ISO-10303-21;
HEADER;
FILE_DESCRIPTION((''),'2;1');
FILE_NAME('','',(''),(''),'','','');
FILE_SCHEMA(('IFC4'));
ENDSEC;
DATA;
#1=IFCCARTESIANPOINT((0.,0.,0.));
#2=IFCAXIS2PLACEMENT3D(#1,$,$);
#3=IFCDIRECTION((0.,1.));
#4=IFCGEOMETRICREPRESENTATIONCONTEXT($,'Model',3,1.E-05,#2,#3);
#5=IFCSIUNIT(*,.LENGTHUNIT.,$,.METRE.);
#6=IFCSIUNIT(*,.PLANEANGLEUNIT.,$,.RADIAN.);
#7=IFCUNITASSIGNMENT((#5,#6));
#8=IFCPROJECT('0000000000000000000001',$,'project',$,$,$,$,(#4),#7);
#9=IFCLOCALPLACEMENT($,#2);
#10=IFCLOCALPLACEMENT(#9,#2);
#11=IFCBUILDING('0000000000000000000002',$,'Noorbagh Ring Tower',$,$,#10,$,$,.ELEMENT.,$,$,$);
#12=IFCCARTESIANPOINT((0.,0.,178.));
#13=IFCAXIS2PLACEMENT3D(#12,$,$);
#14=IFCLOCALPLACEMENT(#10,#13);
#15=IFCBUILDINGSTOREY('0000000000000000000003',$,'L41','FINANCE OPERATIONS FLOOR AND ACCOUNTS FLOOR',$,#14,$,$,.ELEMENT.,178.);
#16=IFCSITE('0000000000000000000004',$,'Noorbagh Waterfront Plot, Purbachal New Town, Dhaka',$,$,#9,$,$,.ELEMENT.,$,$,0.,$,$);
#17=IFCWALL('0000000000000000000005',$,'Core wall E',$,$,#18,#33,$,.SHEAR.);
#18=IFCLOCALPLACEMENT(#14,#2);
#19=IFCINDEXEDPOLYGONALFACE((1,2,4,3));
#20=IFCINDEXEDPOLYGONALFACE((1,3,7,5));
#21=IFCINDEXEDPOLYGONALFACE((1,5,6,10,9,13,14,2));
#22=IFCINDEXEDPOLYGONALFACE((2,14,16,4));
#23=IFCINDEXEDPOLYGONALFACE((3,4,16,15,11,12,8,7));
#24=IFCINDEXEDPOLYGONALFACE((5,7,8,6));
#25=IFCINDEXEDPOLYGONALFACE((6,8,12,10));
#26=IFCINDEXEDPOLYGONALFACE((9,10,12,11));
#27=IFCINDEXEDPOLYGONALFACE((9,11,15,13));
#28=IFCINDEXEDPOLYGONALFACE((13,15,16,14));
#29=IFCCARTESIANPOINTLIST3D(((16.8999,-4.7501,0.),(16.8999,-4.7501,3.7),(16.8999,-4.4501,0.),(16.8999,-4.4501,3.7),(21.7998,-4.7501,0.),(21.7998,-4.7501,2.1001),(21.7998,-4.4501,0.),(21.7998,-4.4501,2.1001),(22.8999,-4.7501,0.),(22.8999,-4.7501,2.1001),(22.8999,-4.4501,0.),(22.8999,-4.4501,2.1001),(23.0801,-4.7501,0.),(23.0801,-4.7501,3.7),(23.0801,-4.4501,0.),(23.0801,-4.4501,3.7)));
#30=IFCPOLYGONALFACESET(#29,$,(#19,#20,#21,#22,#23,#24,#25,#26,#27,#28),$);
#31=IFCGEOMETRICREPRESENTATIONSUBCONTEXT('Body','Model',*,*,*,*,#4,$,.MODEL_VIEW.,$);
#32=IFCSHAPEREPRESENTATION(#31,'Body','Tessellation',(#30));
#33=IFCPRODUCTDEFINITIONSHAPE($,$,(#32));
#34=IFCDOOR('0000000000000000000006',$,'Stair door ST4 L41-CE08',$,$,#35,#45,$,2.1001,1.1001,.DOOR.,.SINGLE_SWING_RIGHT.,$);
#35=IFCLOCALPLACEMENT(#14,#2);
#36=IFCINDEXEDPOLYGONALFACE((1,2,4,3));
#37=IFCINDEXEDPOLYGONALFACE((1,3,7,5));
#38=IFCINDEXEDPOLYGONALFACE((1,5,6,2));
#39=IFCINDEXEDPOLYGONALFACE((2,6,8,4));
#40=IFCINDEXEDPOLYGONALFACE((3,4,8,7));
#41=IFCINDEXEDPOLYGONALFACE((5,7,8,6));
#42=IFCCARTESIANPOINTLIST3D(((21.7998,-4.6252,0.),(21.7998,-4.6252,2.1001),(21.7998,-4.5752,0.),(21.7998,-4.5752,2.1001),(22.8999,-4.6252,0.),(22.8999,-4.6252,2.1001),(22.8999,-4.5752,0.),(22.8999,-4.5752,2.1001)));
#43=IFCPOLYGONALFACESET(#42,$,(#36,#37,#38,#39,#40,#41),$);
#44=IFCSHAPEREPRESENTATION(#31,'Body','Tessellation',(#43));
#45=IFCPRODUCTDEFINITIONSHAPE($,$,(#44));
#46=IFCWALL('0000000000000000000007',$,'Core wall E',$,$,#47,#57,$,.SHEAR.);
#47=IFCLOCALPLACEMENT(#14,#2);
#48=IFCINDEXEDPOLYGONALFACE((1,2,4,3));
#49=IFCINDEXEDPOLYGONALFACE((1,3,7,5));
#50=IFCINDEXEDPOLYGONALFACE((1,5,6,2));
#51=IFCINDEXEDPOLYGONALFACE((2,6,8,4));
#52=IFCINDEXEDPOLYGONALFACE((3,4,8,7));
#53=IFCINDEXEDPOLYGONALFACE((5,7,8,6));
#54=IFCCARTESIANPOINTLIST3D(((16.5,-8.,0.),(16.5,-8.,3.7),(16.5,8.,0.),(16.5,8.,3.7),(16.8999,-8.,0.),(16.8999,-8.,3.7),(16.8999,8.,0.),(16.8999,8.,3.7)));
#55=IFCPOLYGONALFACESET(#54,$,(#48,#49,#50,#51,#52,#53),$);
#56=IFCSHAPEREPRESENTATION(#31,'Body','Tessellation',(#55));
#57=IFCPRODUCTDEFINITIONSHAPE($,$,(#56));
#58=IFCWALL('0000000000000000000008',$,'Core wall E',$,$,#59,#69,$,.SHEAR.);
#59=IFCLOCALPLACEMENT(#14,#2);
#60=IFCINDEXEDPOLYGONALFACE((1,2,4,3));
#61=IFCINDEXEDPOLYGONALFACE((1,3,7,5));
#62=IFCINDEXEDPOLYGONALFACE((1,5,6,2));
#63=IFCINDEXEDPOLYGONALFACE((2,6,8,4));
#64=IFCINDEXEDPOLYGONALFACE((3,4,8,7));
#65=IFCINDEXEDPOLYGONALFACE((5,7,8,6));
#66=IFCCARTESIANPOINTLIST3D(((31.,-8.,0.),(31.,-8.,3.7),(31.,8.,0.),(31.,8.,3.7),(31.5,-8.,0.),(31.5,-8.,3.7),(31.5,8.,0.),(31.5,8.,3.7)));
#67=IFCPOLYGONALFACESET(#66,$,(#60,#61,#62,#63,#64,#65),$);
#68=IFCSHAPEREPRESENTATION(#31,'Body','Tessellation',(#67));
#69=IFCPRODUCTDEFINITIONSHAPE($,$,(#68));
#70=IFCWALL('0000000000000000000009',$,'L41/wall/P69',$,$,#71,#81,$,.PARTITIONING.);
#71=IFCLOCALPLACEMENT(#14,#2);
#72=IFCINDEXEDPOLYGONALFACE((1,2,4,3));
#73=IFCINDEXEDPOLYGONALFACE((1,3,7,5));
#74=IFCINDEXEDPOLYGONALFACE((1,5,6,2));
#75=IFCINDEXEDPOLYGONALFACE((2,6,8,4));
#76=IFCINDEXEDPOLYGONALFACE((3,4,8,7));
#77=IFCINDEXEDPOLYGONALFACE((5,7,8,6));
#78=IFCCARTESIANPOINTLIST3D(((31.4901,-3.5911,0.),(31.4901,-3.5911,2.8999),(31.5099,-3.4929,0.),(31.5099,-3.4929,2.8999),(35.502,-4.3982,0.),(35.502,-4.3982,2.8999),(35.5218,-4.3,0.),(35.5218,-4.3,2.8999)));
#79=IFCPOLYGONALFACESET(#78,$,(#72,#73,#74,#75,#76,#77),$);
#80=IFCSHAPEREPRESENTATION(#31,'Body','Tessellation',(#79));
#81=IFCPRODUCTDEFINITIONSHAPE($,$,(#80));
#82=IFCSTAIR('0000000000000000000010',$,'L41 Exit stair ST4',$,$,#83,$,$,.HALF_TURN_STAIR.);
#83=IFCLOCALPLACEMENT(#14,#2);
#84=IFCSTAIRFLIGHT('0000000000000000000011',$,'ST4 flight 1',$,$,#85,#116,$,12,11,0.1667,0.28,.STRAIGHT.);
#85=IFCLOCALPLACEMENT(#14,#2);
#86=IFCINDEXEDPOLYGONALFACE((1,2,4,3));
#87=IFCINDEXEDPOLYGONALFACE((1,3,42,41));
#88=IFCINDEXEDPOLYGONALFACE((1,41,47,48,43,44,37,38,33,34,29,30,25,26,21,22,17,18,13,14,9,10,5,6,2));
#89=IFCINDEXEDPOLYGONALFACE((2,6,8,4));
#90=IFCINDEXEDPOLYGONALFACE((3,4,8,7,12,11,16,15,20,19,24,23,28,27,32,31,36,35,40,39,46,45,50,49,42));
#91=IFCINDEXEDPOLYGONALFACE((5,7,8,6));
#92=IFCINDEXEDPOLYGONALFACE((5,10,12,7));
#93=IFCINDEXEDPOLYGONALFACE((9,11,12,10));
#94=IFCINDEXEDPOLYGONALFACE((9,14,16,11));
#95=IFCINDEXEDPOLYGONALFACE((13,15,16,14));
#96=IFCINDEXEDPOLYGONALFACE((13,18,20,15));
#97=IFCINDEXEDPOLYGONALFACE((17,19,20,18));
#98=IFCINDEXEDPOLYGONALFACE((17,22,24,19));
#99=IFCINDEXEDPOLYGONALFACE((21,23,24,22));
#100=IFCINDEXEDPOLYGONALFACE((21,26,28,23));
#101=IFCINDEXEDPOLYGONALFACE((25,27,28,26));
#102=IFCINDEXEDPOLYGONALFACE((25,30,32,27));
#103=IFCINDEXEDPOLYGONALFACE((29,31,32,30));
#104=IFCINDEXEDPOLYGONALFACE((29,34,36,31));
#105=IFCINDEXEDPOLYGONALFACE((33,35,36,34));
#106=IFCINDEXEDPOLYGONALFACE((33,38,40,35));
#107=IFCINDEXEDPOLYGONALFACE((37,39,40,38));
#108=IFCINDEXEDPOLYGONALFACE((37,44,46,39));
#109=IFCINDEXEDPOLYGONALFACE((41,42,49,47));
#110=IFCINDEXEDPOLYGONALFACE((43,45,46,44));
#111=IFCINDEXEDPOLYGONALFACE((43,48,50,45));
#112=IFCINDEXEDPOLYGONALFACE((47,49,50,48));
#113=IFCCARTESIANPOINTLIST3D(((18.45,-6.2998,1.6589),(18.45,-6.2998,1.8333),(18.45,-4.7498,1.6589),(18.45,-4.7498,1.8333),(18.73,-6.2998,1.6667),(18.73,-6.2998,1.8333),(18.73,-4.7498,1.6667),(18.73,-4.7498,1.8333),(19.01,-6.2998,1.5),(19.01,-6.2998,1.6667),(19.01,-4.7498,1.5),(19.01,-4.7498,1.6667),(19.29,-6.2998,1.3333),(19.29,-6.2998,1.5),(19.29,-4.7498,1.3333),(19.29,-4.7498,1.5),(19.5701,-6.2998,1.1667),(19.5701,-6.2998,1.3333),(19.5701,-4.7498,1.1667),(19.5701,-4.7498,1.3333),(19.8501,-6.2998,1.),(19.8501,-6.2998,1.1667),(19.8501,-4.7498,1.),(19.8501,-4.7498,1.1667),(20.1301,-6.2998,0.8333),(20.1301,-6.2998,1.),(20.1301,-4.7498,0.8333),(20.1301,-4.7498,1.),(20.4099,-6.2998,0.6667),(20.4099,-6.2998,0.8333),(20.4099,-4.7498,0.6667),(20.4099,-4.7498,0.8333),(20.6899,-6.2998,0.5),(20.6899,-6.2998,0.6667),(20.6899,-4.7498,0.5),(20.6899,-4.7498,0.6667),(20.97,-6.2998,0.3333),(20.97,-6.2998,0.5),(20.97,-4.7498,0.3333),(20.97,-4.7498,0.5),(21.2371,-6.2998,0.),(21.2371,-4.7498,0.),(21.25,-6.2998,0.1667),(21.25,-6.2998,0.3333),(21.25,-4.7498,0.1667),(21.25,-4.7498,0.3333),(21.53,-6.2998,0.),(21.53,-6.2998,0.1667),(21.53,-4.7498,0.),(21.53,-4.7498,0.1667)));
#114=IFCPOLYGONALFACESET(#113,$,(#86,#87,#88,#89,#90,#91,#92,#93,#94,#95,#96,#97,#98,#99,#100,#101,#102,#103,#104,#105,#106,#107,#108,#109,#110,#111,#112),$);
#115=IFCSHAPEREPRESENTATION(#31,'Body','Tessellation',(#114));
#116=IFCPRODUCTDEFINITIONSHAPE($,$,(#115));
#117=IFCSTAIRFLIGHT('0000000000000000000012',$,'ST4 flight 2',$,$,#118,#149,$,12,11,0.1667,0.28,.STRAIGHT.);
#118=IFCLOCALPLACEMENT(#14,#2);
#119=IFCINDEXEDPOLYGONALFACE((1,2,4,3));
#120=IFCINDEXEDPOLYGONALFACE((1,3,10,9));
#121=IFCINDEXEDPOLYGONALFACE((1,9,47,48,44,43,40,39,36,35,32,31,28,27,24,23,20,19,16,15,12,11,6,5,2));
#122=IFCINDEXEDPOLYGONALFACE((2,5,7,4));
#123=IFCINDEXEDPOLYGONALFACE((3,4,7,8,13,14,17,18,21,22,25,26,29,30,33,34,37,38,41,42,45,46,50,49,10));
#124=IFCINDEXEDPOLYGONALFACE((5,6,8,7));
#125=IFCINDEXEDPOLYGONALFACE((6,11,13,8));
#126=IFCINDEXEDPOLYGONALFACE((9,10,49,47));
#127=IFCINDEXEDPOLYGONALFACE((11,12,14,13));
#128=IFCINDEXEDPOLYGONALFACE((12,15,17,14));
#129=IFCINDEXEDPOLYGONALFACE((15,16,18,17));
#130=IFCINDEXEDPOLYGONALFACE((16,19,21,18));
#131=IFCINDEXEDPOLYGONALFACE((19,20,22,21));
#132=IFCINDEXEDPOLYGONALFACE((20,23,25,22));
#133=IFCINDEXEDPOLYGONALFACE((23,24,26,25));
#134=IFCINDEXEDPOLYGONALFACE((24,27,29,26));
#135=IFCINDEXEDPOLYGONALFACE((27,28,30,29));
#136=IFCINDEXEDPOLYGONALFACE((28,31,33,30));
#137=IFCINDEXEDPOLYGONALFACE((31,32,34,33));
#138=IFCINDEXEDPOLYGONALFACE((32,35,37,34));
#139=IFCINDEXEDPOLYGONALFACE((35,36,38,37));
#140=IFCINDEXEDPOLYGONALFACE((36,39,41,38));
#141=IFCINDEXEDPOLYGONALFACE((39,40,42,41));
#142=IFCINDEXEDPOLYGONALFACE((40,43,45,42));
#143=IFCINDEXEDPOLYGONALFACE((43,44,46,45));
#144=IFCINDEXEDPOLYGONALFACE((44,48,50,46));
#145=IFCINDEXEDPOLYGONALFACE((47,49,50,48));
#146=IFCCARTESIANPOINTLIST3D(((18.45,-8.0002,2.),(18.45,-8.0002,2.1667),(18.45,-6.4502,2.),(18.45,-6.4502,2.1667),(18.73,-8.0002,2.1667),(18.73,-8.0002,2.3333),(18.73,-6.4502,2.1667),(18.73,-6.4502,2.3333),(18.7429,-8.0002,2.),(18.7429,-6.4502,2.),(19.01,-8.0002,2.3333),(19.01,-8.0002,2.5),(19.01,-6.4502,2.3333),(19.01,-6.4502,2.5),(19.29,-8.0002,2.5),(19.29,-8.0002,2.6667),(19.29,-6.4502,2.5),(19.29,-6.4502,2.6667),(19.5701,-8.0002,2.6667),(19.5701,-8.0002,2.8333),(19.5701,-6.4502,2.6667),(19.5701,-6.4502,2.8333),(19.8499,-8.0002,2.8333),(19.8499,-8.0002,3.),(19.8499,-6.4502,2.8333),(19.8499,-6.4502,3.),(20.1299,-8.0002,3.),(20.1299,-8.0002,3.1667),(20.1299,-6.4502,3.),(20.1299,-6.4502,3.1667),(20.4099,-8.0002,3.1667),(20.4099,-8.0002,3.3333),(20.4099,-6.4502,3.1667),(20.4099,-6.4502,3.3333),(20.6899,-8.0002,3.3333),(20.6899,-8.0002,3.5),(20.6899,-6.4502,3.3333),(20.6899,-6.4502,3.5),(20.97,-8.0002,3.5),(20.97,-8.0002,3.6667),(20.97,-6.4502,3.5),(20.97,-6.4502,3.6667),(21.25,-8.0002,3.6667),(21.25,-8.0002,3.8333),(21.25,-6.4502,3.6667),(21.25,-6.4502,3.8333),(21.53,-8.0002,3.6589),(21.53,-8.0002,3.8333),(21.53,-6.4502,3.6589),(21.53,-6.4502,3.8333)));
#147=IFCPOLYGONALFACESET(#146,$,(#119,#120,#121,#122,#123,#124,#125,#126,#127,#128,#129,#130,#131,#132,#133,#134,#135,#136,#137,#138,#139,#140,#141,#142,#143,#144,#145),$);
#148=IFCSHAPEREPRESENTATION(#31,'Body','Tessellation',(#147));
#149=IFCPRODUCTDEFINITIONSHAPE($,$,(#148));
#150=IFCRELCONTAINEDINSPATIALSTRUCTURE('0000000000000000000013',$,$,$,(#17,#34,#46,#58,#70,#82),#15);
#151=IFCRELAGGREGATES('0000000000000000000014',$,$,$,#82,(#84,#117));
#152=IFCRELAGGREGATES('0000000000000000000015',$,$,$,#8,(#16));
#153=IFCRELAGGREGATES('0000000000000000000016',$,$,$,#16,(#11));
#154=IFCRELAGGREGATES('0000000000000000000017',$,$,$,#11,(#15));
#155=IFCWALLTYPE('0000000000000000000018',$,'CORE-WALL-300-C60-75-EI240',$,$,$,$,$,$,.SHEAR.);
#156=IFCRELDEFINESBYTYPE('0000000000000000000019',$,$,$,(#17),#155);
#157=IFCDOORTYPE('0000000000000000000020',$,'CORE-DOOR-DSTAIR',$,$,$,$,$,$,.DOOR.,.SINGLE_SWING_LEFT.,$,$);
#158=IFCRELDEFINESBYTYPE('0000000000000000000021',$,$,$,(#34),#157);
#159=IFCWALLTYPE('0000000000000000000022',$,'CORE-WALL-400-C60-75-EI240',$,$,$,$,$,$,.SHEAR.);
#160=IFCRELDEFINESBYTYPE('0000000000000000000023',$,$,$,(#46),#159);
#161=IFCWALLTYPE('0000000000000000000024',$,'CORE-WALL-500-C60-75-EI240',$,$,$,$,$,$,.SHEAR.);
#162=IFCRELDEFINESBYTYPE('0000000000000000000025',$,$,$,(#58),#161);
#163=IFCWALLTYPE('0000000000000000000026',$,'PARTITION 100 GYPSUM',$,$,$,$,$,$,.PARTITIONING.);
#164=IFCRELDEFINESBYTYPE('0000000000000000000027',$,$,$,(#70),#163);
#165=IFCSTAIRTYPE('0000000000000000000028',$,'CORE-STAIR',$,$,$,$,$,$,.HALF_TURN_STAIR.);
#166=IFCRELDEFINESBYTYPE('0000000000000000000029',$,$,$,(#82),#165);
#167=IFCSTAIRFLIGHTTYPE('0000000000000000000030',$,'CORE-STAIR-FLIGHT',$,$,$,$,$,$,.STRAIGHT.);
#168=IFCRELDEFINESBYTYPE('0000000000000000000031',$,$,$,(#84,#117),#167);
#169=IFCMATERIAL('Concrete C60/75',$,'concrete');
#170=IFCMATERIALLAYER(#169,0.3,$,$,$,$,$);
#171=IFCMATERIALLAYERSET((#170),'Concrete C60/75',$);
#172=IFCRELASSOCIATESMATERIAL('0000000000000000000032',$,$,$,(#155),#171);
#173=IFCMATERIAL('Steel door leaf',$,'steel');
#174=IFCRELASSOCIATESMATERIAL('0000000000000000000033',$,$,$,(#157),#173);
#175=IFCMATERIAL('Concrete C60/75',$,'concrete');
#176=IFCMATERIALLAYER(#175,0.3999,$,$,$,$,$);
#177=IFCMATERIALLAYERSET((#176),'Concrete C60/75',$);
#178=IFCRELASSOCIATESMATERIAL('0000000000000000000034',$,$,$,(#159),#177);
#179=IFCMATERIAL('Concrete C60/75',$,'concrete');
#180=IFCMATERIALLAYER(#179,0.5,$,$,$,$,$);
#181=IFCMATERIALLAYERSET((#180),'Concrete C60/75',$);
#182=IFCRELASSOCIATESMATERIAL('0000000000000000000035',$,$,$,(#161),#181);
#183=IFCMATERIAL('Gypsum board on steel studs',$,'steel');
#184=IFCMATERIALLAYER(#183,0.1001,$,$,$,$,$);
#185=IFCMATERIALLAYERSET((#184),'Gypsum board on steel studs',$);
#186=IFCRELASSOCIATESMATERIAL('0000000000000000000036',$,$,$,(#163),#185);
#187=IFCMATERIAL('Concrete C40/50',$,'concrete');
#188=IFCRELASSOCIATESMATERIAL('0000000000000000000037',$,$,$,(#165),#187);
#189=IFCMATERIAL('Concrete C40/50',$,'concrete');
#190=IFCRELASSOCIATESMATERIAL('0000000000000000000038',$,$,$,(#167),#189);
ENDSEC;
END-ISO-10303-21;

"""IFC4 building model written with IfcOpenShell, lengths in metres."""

from ifc_helpers import new_model, si_unit, direction, frame, frame_2d, origin, place, context, subcontext, project, spatial, polyline, rectangle, outline, extrude, material, layer, layer_set, type_object, element, fill, aggregate, save


model = new_model("IFC4")

# Units and contexts
model_context = context("Model", 3, precision=1e-05, world=origin(), true_north=direction((0.0, 1.0)))
body_context = subcontext(model_context, "Body", "Model", "MODEL_VIEW")
ifc_project = project(units=[si_unit("LENGTHUNIT", "METRE"), si_unit("PLANEANGLEUNIT", "RADIAN")], contexts=[model_context])

# Site, building, storey
site_placement = place(None, origin())
site = spatial("IfcSite", under=ifc_project, at=site_placement, Name="Noorbagh Waterfront Plot, Purbachal New Town, Dhaka", CompositionType="ELEMENT", RefElevation=0.0)
building_placement = place(site_placement, origin())
building = spatial("IfcBuilding", under=site, at=building_placement, Name="Noorbagh Ring Tower", CompositionType="ELEMENT")
storey_placement = place(building_placement, frame((0.0, 0.0, 178.0)))
storey = spatial("IfcBuildingStorey", under=building, at=storey_placement, Name="L41", Description="FINANCE OPERATIONS FLOOR AND ACCOUNTS FLOOR", CompositionType="ELEMENT", Elevation=178.0)

# Shared definitions
ifc_material_1 = material(Name="Concrete C60/75", Category="concrete")
ifc_layer_1 = layer(ifc_material_1, 0.3)
ifc_layer_set_1 = layer_set([ifc_layer_1], Name="Concrete C60/75")
wall_type_1 = type_object("IfcWallType", Name="CORE-WALL-300-C60-75-EI240", PredefinedType="SHEAR", material=ifc_layer_set_1)

# Wall, opening, door
wall_1_placement = place(storey_placement, frame((16.8999, -4.6001, 0.0), z_axis=(0.0, 0.0, 1.0), x_axis=(1.0, 0.0, 0.0)))
wall_1 = element("IfcWall", 1, at=wall_1_placement, inside=storey, type_object=wall_type_1, Name="Core wall E", PredefinedType="SHEAR", context=body_context, shape_type="SweptSolid", body=[
    extrude(rectangle(XDim=6.1802, YDim=0.3, at=frame_2d((3.0901, 0.0))), origin(), (0.0, 0.0, 1.0), 3.7),
])
opening_1_placement = place(wall_1_placement, frame((4.8999, 0.0, 0.0)))
opening_1 = element("IfcOpeningElement", 2, at=opening_1_placement, cuts=wall_1, PredefinedType="OPENING", context=body_context, shape_type="SweptSolid", body=[
    extrude(rectangle(XDim=1.1001, YDim=2.1001, at=frame_2d((0.55, 1.05))), frame((0.0, 0.1602, 0.0), z_axis=(0.0, -1.0, 0.0), x_axis=(1.0, 0.0, 0.0)), (0.0, 0.0, 1.0), 0.3201),
])
ifc_material_2 = material(Name="Steel door leaf", Category="steel")
door_type_1 = type_object("IfcDoorType", Name="CORE-DOOR-DSTAIR", OperationType="SINGLE_SWING_LEFT", PredefinedType="DOOR", material=ifc_material_2)
door_1_placement = place(opening_1_placement, origin())
door_1 = element("IfcDoor", 3, at=door_1_placement, inside=storey, type_object=door_type_1, Name="Stair door ST4 L41-CE08", OperationType="SINGLE_SWING_RIGHT", OverallHeight=2.1001, OverallWidth=1.1001, PredefinedType="DOOR", context=body_context, shape_type="SweptSolid", body=[
    extrude(rectangle(XDim=1.1001, YDim=2.1001, at=frame_2d((0.55, 1.05))), frame((0.0, 0.0249, 0.0), z_axis=(0.0, -1.0, 0.0), x_axis=(1.0, 0.0, 0.0)), (0.0, 0.0, 1.0), 0.05),
])
fill(opening_1, door_1)

# Walls
ifc_material_3 = material(Name="Concrete C60/75", Category="concrete")
ifc_layer_2 = layer(ifc_material_3, 0.3999)
ifc_layer_set_2 = layer_set([ifc_layer_2], Name="Concrete C60/75")
wall_type_2 = type_object("IfcWallType", Name="CORE-WALL-400-C60-75-EI240", PredefinedType="SHEAR", material=ifc_layer_set_2)
wall_2_placement = place(storey_placement, frame((16.7, -8.0, 0.0), z_axis=(0.0, 0.0, 1.0), x_axis=(0.0, 1.0, 0.0)))
element("IfcWall", 4, at=wall_2_placement, inside=storey, type_object=wall_type_2, Name="Core wall E", PredefinedType="SHEAR", context=body_context, shape_type="SweptSolid", body=[
    extrude(rectangle(XDim=16.0, YDim=0.3999, at=frame_2d((8.0, 0.0))), origin(), (0.0, 0.0, 1.0), 3.7),
])
ifc_material_4 = material(Name="Concrete C60/75", Category="concrete")
ifc_layer_3 = layer(ifc_material_4, 0.5)
ifc_layer_set_3 = layer_set([ifc_layer_3], Name="Concrete C60/75")
wall_type_3 = type_object("IfcWallType", Name="CORE-WALL-500-C60-75-EI240", PredefinedType="SHEAR", material=ifc_layer_set_3)
wall_3_placement = place(storey_placement, frame((31.25, -8.0, 0.0), z_axis=(0.0, 0.0, 1.0), x_axis=(0.0, 1.0, 0.0)))
element("IfcWall", 5, at=wall_3_placement, inside=storey, type_object=wall_type_3, Name="Core wall E", PredefinedType="SHEAR", context=body_context, shape_type="SweptSolid", body=[
    extrude(rectangle(XDim=16.0, YDim=0.5, at=frame_2d((8.0, 0.0))), origin(), (0.0, 0.0, 1.0), 3.7),
])
ifc_material_5 = material(Name="Gypsum board on steel studs", Category="steel")
ifc_layer_4 = layer(ifc_material_5, 0.1001)
ifc_layer_set_4 = layer_set([ifc_layer_4], Name="Gypsum board on steel studs")
wall_type_4 = type_object("IfcWallType", Name="PARTITION 100 GYPSUM", PredefinedType="PARTITIONING", material=ifc_layer_set_4)
wall_4_placement = place(storey_placement, frame((31.5, -3.542, 0.0), z_axis=(0.0, 0.0, 1.0), x_axis=(0.980357, -0.197229, 0.0)))
element("IfcWall", 6, at=wall_4_placement, inside=storey, type_object=wall_type_4, Name="L41/wall/P69", PredefinedType="PARTITIONING", context=body_context, shape_type="SweptSolid", body=[
    extrude(rectangle(XDim=4.0923, YDim=0.1001, at=frame_2d((2.0461, 0.0))), origin(), (0.0, 0.0, 1.0), 2.8999),
])

# Stair, stair flights
ifc_material_6 = material(Name="Concrete C40/50", Category="concrete")
stair_type = type_object("IfcStairType", Name="CORE-STAIR", PredefinedType="HALF_TURN_STAIR", material=ifc_material_6)
stair_placement = place(storey_placement, origin())
stair = element("IfcStair", 7, at=stair_placement, inside=storey, type_object=stair_type, Name="L41 Exit stair ST4", PredefinedType="HALF_TURN_STAIR")
ifc_material_7 = material(Name="Concrete C40/50", Category="concrete")
stair_flight_type = type_object("IfcStairFlightType", Name="CORE-STAIR-FLIGHT", PredefinedType="STRAIGHT", material=ifc_material_7)
stair_flight_1_placement = place(storey_placement, frame((21.53, -5.5249, 0.0), z_axis=(0.0, 0.0, 1.0), x_axis=(-1.0, 0.0, 0.0)))
stair_flight_1 = element("IfcStairFlight", 8, at=stair_flight_1_placement, type_object=stair_flight_type, Name="ST4 flight 1", NumberOfRisers=12, NumberOfTreads=11, PredefinedType="STRAIGHT", RiserHeight=0.1667, TreadLength=0.28, context=body_context, shape_type="SweptSolid", body=[
    extrude(outline(polyline([(0.0, 0.0), (0.0, 0.1667), (0.28, 0.1667), (0.28, 0.3333), (0.5601, 0.3333), (0.5601, 0.5), (0.8401, 0.5), (0.8401, 0.6667), (1.1201, 0.6667), (1.1201, 0.8333), (1.3999, 0.8333), (1.3999, 1.0), (1.6799, 1.0), (1.6799, 1.1667), (1.96, 1.1667), (1.96, 1.3333), (2.24, 1.3333), (2.24, 1.5), (2.52, 1.5), (2.52, 1.6667), (2.8, 1.6667), (2.8, 1.8333), (3.0801, 1.8333), (3.0801, 2.0), (3.0801, 1.6589), (0.293, 0.0), (0.0, 0.0)])), frame((0.0, 0.7749, 0.0), z_axis=(0.0, -1.0, 0.0), x_axis=(1.0, 0.0, 0.0)), (0.0, 0.0, 1.0), 1.55),
])
stair_flight_2_placement = place(storey_placement, frame((18.45, -7.2251, 2.0), z_axis=(0.0, 0.0, 1.0), x_axis=(1.0, 0.0, 0.0)))
stair_flight_2 = element("IfcStairFlight", 9, at=stair_flight_2_placement, type_object=stair_flight_type, Name="ST4 flight 2", NumberOfRisers=12, NumberOfTreads=11, PredefinedType="STRAIGHT", RiserHeight=0.1667, TreadLength=0.28, context=body_context, shape_type="SweptSolid", body=[
    extrude(outline(polyline([(0.0, 0.0), (0.0, 0.1667), (0.28, 0.1667), (0.28, 0.3333), (0.5601, 0.3333), (0.5601, 0.5), (0.8401, 0.5), (0.8401, 0.6667), (1.1201, 0.6667), (1.1201, 0.8333), (1.3999, 0.8333), (1.3999, 1.0), (1.6799, 1.0), (1.6799, 1.1667), (1.96, 1.1667), (1.96, 1.3333), (2.24, 1.3333), (2.24, 1.5), (2.52, 1.5), (2.52, 1.6667), (2.8, 1.6667), (2.8, 1.8333), (3.0801, 1.8333), (3.0801, 2.0), (3.0801, 1.6589), (0.293, 0.0), (0.0, 0.0)])), frame((0.0, 0.7749, 0.0), z_axis=(0.0, -1.0, 0.0), x_axis=(1.0, 0.0, 0.0)), (0.0, 0.0, 1.0), 1.55),
])
aggregate(stair, [stair_flight_1, stair_flight_2])

save(model, "model.ifc")
